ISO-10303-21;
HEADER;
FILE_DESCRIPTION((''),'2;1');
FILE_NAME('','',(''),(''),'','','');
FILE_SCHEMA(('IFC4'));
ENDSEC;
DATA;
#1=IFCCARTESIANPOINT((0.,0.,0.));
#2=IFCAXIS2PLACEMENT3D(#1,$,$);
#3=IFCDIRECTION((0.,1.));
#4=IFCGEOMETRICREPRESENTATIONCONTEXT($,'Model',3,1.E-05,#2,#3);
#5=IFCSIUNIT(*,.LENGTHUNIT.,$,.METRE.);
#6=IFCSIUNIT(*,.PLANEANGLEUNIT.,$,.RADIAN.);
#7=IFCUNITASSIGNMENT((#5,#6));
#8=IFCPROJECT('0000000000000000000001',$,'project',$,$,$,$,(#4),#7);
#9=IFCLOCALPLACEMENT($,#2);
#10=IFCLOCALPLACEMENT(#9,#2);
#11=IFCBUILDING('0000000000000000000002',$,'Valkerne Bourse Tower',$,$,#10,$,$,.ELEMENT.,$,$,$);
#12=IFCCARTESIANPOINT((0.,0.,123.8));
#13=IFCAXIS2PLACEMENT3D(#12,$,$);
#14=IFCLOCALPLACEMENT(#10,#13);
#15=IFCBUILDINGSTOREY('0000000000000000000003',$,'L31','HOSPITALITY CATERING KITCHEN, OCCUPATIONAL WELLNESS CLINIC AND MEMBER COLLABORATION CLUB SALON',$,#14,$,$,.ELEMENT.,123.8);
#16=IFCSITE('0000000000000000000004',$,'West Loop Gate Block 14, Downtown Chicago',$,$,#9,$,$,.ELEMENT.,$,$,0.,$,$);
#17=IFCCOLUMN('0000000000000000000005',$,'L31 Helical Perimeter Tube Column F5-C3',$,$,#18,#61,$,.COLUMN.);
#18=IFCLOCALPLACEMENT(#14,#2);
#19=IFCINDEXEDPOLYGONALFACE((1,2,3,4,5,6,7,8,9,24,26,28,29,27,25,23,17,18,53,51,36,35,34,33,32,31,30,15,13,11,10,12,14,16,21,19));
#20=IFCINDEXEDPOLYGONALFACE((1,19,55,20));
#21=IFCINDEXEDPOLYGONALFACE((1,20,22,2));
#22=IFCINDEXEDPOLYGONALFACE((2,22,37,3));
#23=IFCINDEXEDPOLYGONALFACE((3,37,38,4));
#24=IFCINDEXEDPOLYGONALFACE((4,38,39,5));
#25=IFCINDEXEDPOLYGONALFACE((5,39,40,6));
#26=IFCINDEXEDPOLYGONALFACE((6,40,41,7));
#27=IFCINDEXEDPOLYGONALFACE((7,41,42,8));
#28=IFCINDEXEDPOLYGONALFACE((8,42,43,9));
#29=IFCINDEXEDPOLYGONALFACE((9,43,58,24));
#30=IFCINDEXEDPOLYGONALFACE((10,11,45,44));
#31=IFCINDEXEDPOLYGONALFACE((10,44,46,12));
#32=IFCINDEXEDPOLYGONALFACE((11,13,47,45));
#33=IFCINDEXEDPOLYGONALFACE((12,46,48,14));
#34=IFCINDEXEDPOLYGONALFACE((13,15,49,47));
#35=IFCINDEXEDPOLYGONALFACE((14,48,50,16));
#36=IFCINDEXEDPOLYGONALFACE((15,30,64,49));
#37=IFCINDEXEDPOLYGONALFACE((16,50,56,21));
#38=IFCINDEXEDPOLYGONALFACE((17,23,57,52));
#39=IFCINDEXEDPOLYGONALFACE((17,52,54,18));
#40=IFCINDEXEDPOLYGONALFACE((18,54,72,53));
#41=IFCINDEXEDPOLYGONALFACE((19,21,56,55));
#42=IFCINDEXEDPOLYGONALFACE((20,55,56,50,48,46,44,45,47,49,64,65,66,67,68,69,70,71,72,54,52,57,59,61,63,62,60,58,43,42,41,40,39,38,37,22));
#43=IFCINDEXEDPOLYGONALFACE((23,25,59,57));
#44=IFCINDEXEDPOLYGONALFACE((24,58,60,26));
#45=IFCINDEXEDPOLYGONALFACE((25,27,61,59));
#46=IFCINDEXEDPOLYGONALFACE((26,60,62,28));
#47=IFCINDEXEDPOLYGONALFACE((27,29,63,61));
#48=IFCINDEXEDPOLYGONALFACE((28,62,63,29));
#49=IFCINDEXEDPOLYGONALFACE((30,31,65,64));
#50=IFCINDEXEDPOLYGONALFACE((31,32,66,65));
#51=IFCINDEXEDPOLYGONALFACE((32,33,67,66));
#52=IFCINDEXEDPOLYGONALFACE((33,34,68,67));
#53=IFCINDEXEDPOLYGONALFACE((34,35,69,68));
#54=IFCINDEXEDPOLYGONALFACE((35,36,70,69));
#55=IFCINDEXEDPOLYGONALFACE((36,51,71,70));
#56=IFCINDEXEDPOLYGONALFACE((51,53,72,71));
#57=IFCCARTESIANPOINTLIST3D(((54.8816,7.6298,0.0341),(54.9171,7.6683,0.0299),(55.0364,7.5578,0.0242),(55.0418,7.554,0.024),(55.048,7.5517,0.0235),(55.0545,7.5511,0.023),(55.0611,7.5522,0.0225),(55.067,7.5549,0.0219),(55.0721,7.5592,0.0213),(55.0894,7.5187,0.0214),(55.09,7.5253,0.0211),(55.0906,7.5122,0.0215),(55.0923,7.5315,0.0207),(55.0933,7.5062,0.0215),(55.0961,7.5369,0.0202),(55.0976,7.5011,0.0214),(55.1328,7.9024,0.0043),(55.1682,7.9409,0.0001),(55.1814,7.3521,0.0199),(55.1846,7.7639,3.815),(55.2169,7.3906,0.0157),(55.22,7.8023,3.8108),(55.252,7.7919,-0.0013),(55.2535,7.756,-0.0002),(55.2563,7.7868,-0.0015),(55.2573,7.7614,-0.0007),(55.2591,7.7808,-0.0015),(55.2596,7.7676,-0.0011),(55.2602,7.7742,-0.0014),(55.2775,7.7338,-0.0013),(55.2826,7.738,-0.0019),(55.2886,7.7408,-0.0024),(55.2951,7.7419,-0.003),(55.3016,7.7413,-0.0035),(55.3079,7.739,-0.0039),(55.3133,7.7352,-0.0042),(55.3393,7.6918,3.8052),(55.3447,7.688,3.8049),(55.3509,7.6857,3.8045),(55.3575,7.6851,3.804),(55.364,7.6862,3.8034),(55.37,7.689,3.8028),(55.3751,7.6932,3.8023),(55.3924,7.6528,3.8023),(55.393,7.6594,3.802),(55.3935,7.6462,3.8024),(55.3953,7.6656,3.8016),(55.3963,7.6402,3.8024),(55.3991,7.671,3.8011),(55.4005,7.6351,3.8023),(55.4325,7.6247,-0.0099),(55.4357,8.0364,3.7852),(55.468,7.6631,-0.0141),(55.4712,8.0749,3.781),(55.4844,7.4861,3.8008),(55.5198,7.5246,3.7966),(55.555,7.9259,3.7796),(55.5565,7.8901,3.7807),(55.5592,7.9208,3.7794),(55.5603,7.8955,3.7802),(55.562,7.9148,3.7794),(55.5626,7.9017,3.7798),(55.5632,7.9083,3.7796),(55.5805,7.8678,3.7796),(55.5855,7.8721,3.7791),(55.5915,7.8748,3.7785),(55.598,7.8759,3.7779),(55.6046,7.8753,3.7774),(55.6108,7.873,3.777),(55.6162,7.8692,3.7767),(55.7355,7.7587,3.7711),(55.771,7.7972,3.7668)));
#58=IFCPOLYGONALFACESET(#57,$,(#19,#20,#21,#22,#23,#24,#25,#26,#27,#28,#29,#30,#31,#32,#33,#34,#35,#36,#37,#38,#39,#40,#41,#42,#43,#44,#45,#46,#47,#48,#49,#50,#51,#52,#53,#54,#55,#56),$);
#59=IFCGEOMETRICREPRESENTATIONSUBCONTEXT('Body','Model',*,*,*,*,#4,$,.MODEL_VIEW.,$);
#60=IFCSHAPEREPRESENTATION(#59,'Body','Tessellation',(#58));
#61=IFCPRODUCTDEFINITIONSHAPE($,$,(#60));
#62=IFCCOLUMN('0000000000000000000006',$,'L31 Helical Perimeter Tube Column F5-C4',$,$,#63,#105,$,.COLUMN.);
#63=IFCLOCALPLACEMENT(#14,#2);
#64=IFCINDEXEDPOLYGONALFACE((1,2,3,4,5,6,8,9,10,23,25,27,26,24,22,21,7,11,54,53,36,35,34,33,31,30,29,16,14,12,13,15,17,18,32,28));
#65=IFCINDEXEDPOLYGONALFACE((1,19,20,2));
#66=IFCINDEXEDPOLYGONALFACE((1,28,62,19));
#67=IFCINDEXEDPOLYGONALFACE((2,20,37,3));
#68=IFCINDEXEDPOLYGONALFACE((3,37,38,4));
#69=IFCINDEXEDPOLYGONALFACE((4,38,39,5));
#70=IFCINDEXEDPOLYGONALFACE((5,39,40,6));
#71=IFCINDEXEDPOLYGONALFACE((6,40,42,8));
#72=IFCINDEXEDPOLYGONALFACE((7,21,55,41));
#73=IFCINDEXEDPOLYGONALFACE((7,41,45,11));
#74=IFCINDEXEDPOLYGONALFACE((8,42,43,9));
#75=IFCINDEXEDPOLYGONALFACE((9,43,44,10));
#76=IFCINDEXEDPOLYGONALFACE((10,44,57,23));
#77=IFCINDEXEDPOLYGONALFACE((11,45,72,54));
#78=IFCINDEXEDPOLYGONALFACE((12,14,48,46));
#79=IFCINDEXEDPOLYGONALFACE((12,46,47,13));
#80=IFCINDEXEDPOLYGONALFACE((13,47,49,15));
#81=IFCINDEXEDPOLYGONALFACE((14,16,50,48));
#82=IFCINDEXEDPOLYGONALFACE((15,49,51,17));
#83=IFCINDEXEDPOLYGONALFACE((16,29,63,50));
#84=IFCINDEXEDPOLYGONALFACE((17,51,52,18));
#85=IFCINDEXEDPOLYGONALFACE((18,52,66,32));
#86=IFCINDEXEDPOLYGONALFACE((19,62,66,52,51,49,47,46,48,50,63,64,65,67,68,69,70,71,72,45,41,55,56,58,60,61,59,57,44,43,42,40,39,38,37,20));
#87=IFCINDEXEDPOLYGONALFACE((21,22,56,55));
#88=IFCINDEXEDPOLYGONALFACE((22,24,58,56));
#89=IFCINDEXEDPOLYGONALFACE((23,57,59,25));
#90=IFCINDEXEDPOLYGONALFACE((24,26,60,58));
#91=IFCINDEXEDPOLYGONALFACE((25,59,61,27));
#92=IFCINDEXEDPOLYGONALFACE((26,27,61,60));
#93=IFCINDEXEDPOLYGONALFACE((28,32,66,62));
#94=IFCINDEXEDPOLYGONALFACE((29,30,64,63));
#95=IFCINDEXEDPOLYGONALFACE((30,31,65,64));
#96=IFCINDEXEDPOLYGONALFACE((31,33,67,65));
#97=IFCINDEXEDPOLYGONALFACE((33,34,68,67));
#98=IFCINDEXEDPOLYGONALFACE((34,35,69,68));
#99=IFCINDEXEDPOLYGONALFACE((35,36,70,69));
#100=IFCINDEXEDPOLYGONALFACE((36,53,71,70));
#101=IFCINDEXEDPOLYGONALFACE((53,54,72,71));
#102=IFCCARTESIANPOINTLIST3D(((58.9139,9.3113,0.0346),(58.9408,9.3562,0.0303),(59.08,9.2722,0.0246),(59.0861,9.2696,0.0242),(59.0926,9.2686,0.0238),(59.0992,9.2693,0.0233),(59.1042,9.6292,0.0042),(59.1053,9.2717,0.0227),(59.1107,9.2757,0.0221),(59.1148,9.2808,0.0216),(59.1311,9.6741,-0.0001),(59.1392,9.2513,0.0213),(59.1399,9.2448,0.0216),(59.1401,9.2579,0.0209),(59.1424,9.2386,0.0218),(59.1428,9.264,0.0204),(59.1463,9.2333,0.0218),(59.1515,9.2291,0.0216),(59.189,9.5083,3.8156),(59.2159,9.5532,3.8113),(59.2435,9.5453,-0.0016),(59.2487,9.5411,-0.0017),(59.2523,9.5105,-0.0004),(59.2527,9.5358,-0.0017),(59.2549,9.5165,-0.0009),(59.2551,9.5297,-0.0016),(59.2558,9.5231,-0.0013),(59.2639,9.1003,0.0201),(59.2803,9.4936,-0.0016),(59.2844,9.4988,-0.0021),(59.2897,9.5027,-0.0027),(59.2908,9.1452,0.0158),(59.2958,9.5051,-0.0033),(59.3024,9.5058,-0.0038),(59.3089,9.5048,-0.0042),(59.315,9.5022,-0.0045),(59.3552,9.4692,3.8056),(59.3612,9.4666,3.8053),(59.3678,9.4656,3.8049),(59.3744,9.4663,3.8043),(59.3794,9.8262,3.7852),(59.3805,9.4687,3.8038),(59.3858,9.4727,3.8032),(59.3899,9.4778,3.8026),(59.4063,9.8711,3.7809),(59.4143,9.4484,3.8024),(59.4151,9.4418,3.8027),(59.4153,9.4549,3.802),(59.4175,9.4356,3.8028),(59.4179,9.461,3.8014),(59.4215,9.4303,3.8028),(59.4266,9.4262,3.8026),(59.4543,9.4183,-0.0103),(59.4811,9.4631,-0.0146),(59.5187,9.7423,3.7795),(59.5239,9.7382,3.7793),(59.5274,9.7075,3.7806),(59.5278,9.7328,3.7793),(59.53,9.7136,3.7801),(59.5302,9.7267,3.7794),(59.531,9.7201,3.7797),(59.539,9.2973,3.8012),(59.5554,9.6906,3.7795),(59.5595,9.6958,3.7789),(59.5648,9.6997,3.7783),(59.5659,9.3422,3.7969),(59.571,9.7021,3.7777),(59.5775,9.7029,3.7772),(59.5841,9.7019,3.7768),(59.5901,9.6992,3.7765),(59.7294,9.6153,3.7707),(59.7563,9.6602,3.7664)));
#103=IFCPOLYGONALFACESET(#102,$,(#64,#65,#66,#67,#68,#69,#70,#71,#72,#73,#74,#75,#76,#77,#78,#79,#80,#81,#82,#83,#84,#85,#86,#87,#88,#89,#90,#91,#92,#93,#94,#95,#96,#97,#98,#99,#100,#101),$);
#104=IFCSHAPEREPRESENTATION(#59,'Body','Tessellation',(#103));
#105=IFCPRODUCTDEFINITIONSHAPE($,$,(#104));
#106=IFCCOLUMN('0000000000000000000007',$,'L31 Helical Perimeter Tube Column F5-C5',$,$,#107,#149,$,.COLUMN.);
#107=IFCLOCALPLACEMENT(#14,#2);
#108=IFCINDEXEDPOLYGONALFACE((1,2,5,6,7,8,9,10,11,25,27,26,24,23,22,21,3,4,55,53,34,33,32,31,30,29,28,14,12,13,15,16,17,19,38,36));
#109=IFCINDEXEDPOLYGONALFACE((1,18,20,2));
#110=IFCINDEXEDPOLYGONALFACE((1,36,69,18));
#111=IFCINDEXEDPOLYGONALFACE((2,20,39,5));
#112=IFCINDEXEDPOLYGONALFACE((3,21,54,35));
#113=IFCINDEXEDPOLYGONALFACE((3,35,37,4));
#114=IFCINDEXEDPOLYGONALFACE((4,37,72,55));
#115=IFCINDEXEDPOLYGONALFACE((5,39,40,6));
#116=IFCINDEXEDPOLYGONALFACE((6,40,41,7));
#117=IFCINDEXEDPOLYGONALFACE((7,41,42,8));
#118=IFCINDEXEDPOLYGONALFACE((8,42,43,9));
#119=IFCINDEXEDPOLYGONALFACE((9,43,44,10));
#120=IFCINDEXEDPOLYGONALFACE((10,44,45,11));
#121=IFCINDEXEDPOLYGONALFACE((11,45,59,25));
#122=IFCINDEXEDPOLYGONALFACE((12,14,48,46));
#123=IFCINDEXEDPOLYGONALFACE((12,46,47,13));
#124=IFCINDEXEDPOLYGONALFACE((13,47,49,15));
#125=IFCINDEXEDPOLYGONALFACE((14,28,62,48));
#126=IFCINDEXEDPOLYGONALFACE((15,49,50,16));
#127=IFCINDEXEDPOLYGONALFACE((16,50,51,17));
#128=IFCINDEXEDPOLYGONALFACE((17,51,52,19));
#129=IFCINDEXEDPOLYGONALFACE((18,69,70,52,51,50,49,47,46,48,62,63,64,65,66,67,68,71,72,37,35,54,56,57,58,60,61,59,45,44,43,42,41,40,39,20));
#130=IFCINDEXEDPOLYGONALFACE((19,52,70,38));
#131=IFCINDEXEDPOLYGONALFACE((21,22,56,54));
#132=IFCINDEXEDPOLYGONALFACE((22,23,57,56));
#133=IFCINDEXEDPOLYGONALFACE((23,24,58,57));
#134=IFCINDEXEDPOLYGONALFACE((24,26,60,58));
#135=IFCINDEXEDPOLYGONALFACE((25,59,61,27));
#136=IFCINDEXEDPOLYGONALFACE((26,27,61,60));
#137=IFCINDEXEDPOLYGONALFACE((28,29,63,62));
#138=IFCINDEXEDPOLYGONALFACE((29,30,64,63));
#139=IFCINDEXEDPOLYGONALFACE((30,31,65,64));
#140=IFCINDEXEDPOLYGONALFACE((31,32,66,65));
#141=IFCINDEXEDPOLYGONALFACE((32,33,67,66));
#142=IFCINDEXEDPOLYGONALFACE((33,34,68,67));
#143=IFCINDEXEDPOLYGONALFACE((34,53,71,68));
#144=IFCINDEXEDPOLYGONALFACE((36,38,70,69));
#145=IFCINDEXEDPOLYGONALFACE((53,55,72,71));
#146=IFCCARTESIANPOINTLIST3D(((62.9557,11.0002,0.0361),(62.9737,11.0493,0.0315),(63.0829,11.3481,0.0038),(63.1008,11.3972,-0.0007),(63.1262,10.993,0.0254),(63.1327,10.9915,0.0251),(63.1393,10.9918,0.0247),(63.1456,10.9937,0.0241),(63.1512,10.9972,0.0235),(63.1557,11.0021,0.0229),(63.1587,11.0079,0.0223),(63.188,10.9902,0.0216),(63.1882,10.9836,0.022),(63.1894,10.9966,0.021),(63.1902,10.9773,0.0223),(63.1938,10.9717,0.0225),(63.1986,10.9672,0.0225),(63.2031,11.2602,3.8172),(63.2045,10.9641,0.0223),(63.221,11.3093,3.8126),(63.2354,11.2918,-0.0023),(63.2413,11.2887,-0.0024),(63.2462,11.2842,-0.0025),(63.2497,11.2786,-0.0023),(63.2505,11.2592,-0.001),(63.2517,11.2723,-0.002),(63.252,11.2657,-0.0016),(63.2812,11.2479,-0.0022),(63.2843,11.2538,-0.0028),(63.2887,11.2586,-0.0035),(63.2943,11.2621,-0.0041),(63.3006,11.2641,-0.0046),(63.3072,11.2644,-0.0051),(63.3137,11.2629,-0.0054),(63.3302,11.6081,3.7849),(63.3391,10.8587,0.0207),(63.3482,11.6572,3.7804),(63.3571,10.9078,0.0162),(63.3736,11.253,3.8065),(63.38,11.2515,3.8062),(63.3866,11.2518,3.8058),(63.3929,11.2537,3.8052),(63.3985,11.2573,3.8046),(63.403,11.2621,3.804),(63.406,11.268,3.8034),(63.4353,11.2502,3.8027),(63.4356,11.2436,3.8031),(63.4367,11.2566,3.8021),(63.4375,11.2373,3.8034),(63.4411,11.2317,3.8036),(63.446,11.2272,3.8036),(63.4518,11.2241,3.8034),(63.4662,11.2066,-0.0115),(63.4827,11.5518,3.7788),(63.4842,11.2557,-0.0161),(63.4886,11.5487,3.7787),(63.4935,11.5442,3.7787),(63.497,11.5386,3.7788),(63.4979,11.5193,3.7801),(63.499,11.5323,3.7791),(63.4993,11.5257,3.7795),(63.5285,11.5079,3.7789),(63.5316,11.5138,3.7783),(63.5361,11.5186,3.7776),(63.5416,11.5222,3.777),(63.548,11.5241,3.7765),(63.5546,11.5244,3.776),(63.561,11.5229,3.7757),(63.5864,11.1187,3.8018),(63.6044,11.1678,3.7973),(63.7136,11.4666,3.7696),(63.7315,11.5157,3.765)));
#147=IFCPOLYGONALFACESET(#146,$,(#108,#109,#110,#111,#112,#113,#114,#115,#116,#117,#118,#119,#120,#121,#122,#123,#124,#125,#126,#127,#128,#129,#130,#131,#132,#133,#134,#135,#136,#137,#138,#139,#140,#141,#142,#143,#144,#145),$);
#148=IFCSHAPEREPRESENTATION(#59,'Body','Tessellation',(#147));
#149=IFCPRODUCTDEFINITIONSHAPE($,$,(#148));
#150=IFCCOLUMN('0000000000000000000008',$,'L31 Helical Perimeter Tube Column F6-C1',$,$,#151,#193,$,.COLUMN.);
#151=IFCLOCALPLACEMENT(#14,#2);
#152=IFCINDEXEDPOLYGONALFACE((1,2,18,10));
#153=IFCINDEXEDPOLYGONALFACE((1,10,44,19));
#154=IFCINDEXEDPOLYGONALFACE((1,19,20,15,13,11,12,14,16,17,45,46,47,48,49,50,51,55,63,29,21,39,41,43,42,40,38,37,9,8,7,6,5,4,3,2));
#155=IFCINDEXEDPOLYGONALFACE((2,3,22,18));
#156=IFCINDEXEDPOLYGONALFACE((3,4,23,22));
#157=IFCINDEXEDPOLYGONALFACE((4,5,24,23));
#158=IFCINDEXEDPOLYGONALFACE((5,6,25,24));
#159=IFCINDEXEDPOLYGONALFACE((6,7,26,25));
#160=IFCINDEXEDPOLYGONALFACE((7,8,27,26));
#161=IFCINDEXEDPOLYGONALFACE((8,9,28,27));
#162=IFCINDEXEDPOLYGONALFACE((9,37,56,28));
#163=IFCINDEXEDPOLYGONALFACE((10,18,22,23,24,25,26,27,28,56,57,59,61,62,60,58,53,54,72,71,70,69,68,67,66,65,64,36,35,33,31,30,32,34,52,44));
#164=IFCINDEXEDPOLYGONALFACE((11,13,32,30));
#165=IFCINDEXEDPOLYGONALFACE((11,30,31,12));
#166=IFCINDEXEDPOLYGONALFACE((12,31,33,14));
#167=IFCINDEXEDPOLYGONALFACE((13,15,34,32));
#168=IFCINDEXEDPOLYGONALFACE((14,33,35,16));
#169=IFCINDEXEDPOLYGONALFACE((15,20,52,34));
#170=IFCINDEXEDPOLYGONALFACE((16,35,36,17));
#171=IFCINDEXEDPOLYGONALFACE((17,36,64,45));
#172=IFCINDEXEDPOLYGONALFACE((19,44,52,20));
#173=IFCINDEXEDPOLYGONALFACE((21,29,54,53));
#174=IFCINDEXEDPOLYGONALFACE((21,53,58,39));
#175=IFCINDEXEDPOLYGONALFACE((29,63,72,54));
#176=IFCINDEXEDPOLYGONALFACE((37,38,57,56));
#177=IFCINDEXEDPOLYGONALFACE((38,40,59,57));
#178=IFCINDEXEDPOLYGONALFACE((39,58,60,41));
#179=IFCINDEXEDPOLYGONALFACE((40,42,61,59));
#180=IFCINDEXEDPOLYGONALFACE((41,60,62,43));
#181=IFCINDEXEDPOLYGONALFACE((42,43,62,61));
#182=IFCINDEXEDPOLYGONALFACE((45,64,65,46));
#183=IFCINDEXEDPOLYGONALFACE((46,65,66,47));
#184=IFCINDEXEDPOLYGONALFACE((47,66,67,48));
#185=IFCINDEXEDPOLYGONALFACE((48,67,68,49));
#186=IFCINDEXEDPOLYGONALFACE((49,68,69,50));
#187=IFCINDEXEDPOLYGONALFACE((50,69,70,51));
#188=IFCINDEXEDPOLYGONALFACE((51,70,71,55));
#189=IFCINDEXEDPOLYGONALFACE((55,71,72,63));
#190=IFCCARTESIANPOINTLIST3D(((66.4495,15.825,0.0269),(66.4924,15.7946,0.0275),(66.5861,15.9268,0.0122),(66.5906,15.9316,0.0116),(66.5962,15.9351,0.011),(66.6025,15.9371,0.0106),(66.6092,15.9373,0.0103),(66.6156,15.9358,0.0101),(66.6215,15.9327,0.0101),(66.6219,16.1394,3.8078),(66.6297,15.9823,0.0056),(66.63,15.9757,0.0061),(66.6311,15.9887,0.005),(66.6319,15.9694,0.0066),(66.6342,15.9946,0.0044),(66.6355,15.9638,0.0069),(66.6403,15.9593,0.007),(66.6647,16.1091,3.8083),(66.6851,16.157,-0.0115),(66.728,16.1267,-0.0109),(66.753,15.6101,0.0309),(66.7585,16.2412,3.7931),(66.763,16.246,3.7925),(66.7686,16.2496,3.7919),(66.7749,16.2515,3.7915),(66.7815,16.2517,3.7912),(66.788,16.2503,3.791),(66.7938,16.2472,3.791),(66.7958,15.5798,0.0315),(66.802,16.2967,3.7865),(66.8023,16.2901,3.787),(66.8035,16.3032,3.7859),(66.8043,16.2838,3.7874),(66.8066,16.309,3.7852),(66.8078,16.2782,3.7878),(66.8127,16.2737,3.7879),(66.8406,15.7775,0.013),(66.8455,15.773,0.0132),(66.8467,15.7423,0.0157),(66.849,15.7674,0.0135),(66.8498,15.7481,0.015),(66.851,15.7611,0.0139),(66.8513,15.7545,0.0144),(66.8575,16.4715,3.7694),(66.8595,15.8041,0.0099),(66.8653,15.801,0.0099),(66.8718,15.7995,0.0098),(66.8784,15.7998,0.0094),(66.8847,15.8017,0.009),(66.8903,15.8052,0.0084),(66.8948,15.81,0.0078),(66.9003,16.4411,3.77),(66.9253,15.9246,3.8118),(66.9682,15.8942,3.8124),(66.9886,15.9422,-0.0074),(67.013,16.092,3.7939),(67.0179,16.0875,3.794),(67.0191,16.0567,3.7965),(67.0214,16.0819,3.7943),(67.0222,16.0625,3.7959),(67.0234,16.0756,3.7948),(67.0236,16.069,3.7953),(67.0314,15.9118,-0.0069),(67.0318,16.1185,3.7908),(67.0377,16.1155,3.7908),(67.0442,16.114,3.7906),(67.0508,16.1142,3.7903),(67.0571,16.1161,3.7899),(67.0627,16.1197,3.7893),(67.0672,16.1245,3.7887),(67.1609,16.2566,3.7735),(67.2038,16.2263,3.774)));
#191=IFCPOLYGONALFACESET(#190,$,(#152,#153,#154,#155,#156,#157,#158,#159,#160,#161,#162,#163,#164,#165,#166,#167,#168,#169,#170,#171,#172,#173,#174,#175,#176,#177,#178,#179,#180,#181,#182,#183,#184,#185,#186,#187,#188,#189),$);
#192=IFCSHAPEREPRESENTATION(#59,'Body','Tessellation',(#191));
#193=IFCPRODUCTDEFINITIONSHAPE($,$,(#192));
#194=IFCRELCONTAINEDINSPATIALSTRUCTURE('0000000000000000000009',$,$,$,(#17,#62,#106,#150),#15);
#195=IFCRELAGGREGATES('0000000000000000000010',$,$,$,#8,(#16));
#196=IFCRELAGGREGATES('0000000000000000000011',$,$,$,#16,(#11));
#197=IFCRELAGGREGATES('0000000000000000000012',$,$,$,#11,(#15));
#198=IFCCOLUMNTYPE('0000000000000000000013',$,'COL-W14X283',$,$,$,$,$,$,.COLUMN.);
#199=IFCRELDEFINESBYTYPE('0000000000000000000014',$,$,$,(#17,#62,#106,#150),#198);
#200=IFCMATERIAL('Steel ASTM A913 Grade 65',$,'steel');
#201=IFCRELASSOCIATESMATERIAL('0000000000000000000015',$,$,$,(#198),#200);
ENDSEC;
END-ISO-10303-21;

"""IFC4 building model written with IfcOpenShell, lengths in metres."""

from ifc_helpers import new_model, si_unit, direction, frame, origin, origin_2d, place, context, subcontext, project, spatial, i_section, extrude, material, material_profile, profile_set, type_object, element, save


model = new_model("IFC4")

# Units and contexts
model_context = context("Model", 3, precision=1e-05, world=origin(), true_north=direction((0.0, 1.0)))
body_context = subcontext(model_context, "Body", "Model", "MODEL_VIEW")
ifc_project = project(units=[si_unit("LENGTHUNIT", "METRE"), si_unit("PLANEANGLEUNIT", "RADIAN")], contexts=[model_context])

# Site, building, storey
site_placement = place(None, origin())
site = spatial("IfcSite", under=ifc_project, at=site_placement, Name="West Loop Gate Block 14, Downtown Chicago", CompositionType="ELEMENT", RefElevation=0.0)
building_placement = place(site_placement, origin())
building = spatial("IfcBuilding", under=site, at=building_placement, Name="Valkerne Bourse Tower", CompositionType="ELEMENT")
storey_placement = place(building_placement, frame((0.0, 0.0, 123.8)))
storey = spatial("IfcBuildingStorey", under=building, at=storey_placement, Name="L31", Description="HOSPITALITY CATERING KITCHEN, OCCUPATIONAL WELLNESS CLINIC AND MEMBER COLLABORATION CLUB SALON", CompositionType="ELEMENT", Elevation=123.8)

# Columns
ifc_material_1 = material(Name="Steel ASTM A913 Grade 65", Category="steel")
ifc_material_profile_1 = material_profile(ifc_material_1, i_section(OverallWidth=0.4089, OverallDepth=0.4243, WebThickness=0.0327, FlangeThickness=0.0525, FilletRadius=0.0254, at=origin_2d()), Name="W14X283")
ifc_profile_set_1 = profile_set([ifc_material_profile_1], Name="Steel ASTM A913 Grade 65")
column_type = type_object("IfcColumnType", Name="COL-W14X283", PredefinedType="COLUMN", material=ifc_profile_set_1)
column_1_placement = place(storey_placement, frame((55.1748, 7.6465, 0.01), z_axis=(0.079826, 0.035314, 0.996183), x_axis=(-0.733101, 0.679236, 0.034666)))
element("IfcColumn", 1, at=column_1_placement, inside=storey, type_object=column_type, Name="L31 Helical Perimeter Tube Column F5-C3", PredefinedType="COLUMN", context=body_context, shape_type="SweptSolid", body=[
    extrude(i_section(OverallWidth=0.4089, OverallDepth=0.4243, WebThickness=0.0327, FlangeThickness=0.0525, FilletRadius=0.0254, at=origin_2d()), origin(), (0.0, 0.0, 1.0), 3.7954),
])
column_2_placement = place(storey_placement, frame((59.1975, 9.3872, 0.01), z_axis=(0.072481, 0.051901, 0.996018), x_axis=(-0.855926, 0.515885, 0.035405)))
element("IfcColumn", 2, at=column_2_placement, inside=storey, type_object=column_type, Name="L31 Helical Perimeter Tube Column F5-C4", PredefinedType="COLUMN", context=body_context, shape_type="SweptSolid", body=[
    extrude(i_section(OverallWidth=0.4089, OverallDepth=0.4243, WebThickness=0.0327, FlangeThickness=0.0525, FilletRadius=0.0254, at=origin_2d()), origin(), (0.0, 0.0, 1.0), 3.7961),
])
column_3_placement = place(storey_placement, frame((63.22, 11.1279, 0.01), z_axis=(0.065117, 0.06846, 0.995527), x_axis=(-0.93747, 0.346037, 0.037524)))
element("IfcColumn", 3, at=column_3_placement, inside=storey, type_object=column_type, Name="L31 Helical Perimeter Tube Column F5-C5", PredefinedType="COLUMN", context=body_context, shape_type="SweptSolid", body=[
    extrude(i_section(OverallWidth=0.4089, OverallDepth=0.4243, WebThickness=0.0327, FlangeThickness=0.0525, FilletRadius=0.0254, at=origin_2d()), origin(), (0.0, 0.0, 1.0), 3.7981),
])
column_4_placement = place(storey_placement, frame((66.7405, 15.8684, 0.01), z_axis=(0.045383, 0.082795, 0.995533), x_axis=(-0.576134, -0.811956, 0.093792)))
element("IfcColumn", 4, at=column_4_placement, inside=storey, type_object=column_type, Name="L31 Helical Perimeter Tube Column F6-C1", PredefinedType="COLUMN", context=body_context, shape_type="SweptSolid", body=[
    extrude(i_section(OverallWidth=0.4089, OverallDepth=0.4243, WebThickness=0.0327, FlangeThickness=0.0525, FilletRadius=0.0254, at=origin_2d()), origin(), (0.0, 0.0, 1.0), 3.7979),
])

save(model, "model.ifc")
